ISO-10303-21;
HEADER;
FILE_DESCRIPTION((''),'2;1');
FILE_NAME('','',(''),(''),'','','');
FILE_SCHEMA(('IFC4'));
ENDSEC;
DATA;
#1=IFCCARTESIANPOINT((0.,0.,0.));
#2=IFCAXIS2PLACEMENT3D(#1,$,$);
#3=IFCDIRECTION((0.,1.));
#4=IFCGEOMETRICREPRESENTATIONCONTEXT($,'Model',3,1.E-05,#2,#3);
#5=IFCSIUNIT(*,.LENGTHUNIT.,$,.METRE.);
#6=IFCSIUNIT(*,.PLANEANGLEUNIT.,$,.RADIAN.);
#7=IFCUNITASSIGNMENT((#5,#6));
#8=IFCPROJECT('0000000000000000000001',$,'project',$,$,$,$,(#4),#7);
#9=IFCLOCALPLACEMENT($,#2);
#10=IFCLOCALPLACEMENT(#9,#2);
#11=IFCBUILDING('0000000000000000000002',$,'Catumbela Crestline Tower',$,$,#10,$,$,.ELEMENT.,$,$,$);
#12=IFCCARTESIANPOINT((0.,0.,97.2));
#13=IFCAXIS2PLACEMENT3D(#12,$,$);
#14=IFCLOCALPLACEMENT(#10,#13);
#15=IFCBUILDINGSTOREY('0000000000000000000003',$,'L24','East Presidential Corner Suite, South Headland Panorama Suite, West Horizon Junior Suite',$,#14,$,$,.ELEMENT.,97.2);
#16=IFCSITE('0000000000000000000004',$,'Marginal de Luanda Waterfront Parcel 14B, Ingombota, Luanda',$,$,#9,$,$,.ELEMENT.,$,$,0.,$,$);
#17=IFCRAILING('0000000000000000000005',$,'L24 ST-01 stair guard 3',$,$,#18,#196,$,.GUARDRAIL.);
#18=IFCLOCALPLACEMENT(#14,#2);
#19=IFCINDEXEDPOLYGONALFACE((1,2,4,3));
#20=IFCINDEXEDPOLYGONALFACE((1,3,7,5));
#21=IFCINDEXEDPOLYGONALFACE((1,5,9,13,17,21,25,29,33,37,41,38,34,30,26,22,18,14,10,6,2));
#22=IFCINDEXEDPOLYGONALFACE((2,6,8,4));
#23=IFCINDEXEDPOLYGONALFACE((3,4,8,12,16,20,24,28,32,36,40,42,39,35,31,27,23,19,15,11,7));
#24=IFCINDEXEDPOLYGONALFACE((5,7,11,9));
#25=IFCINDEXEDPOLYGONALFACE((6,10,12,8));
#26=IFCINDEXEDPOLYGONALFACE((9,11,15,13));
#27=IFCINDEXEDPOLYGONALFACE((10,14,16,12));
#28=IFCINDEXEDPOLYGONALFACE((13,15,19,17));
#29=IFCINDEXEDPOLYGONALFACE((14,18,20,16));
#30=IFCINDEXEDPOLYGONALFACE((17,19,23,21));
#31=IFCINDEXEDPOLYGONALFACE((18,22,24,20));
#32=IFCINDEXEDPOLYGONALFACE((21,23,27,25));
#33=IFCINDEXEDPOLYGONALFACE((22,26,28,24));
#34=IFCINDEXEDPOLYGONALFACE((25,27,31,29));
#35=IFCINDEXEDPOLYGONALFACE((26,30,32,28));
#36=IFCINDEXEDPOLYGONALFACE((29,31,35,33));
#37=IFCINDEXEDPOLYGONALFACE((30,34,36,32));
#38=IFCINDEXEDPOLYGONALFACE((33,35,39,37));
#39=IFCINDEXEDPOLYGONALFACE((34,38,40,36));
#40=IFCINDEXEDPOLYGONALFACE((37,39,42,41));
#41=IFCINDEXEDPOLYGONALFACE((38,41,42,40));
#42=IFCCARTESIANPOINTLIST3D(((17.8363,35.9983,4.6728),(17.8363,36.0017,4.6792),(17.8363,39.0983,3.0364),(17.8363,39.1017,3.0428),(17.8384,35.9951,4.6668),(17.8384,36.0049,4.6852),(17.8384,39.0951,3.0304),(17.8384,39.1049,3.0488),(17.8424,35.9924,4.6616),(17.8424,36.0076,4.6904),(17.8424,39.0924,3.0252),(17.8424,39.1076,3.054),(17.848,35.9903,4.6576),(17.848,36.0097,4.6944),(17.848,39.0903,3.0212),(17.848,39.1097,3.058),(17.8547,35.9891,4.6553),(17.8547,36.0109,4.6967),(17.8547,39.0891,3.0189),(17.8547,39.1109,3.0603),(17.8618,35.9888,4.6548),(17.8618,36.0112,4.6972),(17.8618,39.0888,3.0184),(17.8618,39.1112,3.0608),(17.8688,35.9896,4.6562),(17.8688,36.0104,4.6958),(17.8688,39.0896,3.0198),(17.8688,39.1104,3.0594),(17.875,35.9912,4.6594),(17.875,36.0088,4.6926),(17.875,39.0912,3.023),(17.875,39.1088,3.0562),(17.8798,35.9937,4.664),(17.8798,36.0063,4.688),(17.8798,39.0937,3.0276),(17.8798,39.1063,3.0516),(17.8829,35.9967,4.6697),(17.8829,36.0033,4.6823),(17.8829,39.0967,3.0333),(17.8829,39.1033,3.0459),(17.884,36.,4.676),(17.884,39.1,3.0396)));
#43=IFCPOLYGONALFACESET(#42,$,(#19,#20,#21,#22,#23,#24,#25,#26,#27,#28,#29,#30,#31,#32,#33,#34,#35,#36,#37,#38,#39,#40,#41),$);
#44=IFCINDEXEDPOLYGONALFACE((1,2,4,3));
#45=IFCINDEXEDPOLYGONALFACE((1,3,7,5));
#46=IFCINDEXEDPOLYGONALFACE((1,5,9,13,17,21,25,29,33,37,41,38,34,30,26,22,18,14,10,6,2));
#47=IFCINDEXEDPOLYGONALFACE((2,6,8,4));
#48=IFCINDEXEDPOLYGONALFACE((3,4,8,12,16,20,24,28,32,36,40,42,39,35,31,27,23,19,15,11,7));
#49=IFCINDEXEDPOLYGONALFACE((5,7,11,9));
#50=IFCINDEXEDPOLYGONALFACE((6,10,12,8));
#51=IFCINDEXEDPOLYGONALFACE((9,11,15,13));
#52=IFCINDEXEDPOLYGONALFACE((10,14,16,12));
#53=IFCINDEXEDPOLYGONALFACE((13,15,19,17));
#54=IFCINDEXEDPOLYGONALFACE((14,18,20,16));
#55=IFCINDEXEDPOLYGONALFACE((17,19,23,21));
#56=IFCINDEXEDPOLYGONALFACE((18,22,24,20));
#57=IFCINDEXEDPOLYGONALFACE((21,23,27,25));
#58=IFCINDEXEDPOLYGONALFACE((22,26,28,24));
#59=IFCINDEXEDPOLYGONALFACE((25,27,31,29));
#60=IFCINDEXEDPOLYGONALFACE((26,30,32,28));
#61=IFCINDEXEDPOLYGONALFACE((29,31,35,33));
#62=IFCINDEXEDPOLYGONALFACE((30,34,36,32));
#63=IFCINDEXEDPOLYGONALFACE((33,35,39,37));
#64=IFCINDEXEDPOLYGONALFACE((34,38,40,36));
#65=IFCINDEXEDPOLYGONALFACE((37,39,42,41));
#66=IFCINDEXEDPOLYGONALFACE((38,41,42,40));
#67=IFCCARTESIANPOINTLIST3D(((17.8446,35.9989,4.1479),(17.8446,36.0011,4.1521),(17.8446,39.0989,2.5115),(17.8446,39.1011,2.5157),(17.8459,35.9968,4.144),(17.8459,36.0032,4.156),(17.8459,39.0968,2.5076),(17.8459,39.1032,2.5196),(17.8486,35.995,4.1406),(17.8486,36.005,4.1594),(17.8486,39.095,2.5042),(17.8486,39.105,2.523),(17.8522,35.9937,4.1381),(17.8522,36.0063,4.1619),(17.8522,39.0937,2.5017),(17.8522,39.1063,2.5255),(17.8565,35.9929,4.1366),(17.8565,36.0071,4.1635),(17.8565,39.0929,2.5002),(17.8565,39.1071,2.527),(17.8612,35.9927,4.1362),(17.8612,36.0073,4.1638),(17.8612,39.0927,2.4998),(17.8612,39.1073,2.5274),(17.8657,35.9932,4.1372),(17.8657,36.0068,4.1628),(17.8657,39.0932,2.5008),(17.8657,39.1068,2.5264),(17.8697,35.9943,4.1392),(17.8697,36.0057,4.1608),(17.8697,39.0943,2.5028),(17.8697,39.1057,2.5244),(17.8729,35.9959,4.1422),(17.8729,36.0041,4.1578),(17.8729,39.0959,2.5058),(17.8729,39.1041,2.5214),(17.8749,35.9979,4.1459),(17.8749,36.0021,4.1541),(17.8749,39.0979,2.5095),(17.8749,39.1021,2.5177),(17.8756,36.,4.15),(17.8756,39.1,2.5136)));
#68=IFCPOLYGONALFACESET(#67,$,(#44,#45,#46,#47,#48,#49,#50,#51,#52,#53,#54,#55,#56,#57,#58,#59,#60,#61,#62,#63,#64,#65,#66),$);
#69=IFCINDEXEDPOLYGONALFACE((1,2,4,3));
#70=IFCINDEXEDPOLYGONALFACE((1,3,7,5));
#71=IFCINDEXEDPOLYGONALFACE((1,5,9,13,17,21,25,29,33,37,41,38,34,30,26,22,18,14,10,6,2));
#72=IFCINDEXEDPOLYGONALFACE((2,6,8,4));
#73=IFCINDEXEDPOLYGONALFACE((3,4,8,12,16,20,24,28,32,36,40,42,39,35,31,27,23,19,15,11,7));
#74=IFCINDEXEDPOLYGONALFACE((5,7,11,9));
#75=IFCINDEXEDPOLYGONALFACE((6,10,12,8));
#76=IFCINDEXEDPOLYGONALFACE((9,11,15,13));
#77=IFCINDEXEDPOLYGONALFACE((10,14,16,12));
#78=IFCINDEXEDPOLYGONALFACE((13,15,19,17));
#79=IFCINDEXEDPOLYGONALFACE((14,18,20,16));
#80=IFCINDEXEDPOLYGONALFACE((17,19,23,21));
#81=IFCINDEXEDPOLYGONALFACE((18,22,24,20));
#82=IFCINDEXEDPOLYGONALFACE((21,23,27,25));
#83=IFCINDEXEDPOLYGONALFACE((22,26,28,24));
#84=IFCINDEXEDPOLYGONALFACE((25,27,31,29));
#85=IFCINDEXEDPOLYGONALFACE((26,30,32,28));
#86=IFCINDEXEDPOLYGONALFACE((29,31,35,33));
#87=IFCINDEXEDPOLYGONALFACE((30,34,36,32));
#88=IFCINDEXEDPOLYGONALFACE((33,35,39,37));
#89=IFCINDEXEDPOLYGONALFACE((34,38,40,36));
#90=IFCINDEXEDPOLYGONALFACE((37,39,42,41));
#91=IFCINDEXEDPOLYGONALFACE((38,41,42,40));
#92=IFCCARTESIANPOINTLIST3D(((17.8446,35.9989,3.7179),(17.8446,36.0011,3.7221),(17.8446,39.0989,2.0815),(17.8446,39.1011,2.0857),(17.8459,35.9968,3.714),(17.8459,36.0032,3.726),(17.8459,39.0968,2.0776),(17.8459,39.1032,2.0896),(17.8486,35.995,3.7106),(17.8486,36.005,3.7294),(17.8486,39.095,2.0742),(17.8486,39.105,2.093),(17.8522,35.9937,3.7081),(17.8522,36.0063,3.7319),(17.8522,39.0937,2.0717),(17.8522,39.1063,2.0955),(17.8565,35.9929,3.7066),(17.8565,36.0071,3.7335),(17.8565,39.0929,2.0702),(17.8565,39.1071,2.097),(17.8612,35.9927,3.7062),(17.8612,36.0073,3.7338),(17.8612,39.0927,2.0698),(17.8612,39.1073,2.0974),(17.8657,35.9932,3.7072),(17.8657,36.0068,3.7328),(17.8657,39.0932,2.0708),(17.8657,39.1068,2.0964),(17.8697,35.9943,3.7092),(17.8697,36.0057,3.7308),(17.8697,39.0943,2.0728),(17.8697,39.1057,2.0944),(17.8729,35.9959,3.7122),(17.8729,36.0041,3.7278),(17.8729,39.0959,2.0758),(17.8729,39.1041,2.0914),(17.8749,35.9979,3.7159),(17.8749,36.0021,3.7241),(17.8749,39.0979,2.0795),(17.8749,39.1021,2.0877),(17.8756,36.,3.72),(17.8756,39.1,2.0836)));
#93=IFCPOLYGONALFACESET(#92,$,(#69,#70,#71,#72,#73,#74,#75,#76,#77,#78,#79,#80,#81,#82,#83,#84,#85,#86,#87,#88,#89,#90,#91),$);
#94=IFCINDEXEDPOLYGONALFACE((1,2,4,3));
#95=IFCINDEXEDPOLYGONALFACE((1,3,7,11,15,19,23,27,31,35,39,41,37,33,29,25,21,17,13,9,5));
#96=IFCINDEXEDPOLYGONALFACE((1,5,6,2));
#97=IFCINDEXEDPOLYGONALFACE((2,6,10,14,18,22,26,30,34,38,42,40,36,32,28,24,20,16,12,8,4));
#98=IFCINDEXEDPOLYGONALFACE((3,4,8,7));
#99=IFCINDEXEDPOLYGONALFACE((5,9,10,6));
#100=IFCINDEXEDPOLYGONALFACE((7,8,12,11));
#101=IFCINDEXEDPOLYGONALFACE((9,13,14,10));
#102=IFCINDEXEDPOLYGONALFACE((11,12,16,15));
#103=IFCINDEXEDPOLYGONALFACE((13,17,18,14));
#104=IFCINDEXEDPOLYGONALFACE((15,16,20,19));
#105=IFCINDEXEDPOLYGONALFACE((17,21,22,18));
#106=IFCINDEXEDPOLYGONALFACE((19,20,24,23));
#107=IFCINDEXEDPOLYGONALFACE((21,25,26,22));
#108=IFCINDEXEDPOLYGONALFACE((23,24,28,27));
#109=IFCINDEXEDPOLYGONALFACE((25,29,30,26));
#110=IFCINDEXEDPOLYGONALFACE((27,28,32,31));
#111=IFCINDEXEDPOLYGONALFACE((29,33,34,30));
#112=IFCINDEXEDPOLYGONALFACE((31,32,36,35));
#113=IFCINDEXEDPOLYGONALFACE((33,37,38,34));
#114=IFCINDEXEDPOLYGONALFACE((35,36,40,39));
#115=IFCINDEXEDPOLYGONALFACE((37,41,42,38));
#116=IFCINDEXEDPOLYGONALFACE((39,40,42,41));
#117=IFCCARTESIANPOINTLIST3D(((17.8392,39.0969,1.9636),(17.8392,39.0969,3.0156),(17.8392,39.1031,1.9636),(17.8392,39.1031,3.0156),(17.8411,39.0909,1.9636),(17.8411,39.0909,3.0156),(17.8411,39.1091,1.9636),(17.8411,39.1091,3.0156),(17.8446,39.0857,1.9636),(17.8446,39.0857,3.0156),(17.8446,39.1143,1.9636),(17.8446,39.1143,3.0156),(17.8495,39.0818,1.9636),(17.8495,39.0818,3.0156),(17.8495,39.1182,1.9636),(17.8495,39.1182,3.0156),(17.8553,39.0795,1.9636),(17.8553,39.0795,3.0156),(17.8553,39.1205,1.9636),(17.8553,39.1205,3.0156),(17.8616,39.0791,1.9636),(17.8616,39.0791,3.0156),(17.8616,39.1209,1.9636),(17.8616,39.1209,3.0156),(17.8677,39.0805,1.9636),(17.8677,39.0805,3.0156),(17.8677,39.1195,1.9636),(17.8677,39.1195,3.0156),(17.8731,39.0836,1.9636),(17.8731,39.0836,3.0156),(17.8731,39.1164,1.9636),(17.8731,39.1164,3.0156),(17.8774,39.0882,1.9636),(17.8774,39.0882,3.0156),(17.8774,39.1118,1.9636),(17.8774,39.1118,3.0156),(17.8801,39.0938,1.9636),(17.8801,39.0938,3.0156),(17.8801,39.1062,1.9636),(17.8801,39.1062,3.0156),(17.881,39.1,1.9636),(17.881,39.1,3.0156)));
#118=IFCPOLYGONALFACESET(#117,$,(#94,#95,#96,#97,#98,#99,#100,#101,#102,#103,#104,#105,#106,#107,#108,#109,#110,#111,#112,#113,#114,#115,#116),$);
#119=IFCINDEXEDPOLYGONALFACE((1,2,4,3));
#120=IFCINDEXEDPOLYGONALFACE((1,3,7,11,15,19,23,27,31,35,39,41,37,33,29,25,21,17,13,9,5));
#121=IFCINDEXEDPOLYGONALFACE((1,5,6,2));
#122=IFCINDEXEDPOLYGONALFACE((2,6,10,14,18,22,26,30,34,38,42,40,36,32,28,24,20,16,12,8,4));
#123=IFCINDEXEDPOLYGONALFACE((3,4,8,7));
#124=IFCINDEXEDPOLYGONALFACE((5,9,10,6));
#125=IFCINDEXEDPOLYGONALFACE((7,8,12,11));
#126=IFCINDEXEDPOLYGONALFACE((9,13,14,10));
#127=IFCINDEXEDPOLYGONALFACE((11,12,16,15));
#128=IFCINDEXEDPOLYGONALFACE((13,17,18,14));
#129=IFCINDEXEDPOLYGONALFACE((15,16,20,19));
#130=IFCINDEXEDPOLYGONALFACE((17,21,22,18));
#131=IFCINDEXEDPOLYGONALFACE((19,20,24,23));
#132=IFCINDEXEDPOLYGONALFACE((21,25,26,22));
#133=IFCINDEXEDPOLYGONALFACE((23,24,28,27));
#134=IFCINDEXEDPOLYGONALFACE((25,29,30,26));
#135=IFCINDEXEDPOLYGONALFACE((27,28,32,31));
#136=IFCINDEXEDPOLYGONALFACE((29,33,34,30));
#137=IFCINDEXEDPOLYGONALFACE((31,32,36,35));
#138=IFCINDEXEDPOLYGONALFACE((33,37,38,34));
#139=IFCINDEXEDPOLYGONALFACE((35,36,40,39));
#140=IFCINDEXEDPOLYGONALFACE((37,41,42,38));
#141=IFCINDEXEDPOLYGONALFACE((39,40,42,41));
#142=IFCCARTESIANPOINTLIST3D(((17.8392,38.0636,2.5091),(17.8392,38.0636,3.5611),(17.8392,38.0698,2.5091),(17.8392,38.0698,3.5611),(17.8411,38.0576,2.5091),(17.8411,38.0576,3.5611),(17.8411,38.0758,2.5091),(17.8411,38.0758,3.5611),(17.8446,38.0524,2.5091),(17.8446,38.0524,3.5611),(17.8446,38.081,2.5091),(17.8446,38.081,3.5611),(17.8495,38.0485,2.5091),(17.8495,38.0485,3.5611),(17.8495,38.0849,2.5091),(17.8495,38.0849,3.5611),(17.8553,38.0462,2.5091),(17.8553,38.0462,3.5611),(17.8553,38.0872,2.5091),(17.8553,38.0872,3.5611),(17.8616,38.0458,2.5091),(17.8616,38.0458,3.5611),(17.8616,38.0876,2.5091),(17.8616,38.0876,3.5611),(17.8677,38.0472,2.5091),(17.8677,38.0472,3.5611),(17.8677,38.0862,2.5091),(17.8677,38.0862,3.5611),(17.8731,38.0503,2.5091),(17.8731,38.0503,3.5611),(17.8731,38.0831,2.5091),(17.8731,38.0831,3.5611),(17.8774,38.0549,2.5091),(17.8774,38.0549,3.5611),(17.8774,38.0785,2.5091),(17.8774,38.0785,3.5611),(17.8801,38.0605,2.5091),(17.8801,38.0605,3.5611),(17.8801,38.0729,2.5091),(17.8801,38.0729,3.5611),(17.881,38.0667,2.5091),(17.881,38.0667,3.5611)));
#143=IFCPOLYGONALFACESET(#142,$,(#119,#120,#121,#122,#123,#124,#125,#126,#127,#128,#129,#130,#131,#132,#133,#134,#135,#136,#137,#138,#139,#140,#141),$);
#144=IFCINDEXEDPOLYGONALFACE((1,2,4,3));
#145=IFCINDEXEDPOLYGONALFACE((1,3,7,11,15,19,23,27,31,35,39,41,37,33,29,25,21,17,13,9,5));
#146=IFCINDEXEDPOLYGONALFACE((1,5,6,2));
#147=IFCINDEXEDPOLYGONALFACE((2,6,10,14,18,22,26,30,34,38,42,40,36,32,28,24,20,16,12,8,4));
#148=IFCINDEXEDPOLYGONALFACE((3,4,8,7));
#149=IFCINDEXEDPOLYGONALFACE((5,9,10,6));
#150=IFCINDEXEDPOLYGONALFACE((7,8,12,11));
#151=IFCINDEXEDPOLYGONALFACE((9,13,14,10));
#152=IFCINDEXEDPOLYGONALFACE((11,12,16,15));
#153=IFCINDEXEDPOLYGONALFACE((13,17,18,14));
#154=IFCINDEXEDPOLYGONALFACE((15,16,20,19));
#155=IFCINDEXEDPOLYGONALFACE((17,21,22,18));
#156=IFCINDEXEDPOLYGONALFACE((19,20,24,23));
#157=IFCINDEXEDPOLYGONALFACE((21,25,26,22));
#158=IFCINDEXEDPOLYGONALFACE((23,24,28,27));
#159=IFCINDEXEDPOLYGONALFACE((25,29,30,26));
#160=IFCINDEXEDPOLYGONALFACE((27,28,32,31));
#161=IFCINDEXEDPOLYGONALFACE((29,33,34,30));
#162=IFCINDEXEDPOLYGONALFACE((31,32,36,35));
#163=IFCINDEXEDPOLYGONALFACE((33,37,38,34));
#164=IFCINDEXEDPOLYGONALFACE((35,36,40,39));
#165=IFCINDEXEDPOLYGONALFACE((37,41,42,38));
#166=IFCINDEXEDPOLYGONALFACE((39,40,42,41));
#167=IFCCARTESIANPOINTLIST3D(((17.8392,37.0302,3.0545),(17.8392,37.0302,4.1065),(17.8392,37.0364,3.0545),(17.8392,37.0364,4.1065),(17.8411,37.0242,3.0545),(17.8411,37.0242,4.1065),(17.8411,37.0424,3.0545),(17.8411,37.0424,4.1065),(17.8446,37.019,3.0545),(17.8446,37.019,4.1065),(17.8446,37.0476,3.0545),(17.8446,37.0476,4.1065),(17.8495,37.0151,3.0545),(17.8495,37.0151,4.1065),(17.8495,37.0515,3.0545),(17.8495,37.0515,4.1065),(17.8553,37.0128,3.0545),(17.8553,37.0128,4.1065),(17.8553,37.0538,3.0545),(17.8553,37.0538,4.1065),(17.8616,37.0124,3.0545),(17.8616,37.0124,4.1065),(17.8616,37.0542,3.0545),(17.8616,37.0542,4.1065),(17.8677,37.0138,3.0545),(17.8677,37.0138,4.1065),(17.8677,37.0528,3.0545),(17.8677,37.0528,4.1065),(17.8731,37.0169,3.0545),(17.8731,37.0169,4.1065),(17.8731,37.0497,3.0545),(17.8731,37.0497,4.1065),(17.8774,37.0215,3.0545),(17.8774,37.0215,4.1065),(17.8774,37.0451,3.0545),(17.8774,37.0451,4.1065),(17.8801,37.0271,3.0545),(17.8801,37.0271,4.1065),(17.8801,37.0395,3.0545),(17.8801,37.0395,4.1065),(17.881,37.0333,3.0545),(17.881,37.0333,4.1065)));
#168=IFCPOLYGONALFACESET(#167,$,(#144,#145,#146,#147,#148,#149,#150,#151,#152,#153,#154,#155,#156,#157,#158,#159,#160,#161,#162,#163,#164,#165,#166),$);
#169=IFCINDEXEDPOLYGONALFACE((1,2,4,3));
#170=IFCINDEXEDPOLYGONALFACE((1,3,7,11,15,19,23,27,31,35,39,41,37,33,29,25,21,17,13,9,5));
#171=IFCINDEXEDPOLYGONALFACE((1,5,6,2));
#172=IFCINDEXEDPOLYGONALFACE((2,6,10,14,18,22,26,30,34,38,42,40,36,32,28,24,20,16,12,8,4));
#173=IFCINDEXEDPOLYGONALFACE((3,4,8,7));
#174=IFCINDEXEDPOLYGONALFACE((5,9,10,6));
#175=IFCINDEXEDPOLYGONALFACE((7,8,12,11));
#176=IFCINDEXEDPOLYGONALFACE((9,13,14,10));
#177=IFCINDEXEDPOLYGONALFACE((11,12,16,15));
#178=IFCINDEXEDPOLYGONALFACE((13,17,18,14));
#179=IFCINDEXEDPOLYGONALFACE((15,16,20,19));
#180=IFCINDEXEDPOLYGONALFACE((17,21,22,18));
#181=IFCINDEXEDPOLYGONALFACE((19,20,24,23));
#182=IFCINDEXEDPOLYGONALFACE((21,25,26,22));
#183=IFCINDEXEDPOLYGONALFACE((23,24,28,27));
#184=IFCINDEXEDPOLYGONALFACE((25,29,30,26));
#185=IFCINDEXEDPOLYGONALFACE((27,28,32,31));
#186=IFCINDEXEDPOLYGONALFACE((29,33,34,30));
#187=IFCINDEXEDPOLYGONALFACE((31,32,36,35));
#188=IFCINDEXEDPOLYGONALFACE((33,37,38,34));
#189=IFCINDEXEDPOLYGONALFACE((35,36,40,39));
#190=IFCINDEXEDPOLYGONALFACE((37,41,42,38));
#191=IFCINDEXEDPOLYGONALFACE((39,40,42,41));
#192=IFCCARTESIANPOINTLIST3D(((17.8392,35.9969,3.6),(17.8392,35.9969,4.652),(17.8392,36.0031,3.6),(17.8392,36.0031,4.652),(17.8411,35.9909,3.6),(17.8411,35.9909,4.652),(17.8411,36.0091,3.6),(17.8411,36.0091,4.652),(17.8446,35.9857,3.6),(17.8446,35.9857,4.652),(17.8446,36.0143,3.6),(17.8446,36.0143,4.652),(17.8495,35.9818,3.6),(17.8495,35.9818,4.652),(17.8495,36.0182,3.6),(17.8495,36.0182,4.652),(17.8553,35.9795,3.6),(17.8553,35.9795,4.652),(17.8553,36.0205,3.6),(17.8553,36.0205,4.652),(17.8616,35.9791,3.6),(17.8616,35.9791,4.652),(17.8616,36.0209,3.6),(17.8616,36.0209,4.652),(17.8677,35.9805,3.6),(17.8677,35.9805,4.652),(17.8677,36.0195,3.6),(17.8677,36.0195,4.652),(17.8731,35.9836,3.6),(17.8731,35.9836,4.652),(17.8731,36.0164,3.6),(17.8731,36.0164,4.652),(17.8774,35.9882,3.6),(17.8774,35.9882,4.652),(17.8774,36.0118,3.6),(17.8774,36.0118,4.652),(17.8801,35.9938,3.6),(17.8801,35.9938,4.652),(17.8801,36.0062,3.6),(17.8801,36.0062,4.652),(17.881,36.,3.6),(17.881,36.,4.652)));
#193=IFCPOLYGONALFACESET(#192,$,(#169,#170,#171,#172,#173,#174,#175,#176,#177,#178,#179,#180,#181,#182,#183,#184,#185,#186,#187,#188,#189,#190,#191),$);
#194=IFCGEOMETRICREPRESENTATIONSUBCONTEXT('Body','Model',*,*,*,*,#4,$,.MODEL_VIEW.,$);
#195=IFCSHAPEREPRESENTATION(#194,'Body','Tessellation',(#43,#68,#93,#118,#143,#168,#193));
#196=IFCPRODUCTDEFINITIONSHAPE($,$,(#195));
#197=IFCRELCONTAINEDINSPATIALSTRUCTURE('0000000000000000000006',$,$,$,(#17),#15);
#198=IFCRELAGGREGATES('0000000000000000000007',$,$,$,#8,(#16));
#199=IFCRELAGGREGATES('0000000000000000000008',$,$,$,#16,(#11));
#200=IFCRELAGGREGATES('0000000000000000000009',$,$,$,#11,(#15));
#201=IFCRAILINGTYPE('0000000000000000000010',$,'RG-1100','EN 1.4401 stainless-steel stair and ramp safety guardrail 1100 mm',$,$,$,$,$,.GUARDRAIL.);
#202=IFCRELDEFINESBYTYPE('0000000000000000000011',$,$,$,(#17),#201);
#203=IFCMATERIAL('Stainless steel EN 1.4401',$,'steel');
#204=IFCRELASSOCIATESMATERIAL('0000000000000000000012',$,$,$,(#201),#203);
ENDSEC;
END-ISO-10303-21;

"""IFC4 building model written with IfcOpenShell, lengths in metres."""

from ifc_helpers import new_model, si_unit, direction, frame, origin, origin_2d, place, context, subcontext, project, spatial, circle, extrude, material, type_object, element, save


model = new_model("IFC4")

# Units and contexts
model_context = context("Model", 3, precision=1e-05, world=origin(), true_north=direction((0.0, 1.0)))
body_context = subcontext(model_context, "Body", "Model", "MODEL_VIEW")
ifc_project = project(units=[si_unit("LENGTHUNIT", "METRE"), si_unit("PLANEANGLEUNIT", "RADIAN")], contexts=[model_context])

# Site, building, storey
site_placement = place(None, origin())
site = spatial("IfcSite", under=ifc_project, at=site_placement, Name="Marginal de Luanda Waterfront Parcel 14B, Ingombota, Luanda", CompositionType="ELEMENT", RefElevation=0.0)
building_placement = place(site_placement, origin())
building = spatial("IfcBuilding", under=site, at=building_placement, Name="Catumbela Crestline Tower", CompositionType="ELEMENT")
storey_placement = place(building_placement, frame((0.0, 0.0, 97.2)))
storey = spatial("IfcBuildingStorey", under=building, at=storey_placement, Name="L24", Description="East Presidential Corner Suite, South Headland Panorama Suite, West Horizon Junior Suite", CompositionType="ELEMENT", Elevation=97.2)

# Railing
ifc_material_1 = material(Name="Stainless steel EN 1.4401", Category="steel")
railing_type_1 = type_object("IfcRailingType", Name="RG-1100", Description="EN 1.4401 stainless-steel stair and ramp safety guardrail 1100 mm", PredefinedType="GUARDRAIL", material=ifc_material_1)
railing_1_placement = place(storey_placement, frame((17.86, 39.1, 1.9636)))
element("IfcRailing", 1, at=railing_1_placement, inside=storey, type_object=railing_type_1, Name="L24 ST-01 stair guard 3", PredefinedType="GUARDRAIL", context=body_context, shape_type="SweptSolid", body=[
    extrude(circle(Radius=0.024, at=origin_2d()), frame((0.0, 0.0, 1.076), z_axis=(0.0, -0.884351, 0.466823), x_axis=(1.0, 0.0, 0.0)), (0.0, 0.0, 1.0), 3.5054),
    extrude(circle(Radius=0.0156, at=origin_2d()), frame((0.0, 0.0, 0.55), z_axis=(0.0, -0.884351, 0.466823), x_axis=(1.0, 0.0, 0.0)), (0.0, 0.0, 1.0), 3.5054),
    extrude(circle(Radius=0.0156, at=origin_2d()), frame((0.0, 0.0, 0.12), z_axis=(0.0, -0.884351, 0.466823), x_axis=(1.0, 0.0, 0.0)), (0.0, 0.0, 1.0), 3.5054),
    extrude(circle(Radius=0.021, at=origin_2d()), origin(), (0.0, 0.0, 1.0), 1.052),
    extrude(circle(Radius=0.021, at=origin_2d()), frame((0.0, -1.0333, 0.5455)), (0.0, 0.0, 1.0), 1.052),
    extrude(circle(Radius=0.021, at=origin_2d()), frame((0.0, -2.0667, 1.0909)), (0.0, 0.0, 1.0), 1.052),
    extrude(circle(Radius=0.021, at=origin_2d()), frame((0.0, -3.1, 1.6364)), (0.0, 0.0, 1.0), 1.052),
])

save(model, "model.ifc")
